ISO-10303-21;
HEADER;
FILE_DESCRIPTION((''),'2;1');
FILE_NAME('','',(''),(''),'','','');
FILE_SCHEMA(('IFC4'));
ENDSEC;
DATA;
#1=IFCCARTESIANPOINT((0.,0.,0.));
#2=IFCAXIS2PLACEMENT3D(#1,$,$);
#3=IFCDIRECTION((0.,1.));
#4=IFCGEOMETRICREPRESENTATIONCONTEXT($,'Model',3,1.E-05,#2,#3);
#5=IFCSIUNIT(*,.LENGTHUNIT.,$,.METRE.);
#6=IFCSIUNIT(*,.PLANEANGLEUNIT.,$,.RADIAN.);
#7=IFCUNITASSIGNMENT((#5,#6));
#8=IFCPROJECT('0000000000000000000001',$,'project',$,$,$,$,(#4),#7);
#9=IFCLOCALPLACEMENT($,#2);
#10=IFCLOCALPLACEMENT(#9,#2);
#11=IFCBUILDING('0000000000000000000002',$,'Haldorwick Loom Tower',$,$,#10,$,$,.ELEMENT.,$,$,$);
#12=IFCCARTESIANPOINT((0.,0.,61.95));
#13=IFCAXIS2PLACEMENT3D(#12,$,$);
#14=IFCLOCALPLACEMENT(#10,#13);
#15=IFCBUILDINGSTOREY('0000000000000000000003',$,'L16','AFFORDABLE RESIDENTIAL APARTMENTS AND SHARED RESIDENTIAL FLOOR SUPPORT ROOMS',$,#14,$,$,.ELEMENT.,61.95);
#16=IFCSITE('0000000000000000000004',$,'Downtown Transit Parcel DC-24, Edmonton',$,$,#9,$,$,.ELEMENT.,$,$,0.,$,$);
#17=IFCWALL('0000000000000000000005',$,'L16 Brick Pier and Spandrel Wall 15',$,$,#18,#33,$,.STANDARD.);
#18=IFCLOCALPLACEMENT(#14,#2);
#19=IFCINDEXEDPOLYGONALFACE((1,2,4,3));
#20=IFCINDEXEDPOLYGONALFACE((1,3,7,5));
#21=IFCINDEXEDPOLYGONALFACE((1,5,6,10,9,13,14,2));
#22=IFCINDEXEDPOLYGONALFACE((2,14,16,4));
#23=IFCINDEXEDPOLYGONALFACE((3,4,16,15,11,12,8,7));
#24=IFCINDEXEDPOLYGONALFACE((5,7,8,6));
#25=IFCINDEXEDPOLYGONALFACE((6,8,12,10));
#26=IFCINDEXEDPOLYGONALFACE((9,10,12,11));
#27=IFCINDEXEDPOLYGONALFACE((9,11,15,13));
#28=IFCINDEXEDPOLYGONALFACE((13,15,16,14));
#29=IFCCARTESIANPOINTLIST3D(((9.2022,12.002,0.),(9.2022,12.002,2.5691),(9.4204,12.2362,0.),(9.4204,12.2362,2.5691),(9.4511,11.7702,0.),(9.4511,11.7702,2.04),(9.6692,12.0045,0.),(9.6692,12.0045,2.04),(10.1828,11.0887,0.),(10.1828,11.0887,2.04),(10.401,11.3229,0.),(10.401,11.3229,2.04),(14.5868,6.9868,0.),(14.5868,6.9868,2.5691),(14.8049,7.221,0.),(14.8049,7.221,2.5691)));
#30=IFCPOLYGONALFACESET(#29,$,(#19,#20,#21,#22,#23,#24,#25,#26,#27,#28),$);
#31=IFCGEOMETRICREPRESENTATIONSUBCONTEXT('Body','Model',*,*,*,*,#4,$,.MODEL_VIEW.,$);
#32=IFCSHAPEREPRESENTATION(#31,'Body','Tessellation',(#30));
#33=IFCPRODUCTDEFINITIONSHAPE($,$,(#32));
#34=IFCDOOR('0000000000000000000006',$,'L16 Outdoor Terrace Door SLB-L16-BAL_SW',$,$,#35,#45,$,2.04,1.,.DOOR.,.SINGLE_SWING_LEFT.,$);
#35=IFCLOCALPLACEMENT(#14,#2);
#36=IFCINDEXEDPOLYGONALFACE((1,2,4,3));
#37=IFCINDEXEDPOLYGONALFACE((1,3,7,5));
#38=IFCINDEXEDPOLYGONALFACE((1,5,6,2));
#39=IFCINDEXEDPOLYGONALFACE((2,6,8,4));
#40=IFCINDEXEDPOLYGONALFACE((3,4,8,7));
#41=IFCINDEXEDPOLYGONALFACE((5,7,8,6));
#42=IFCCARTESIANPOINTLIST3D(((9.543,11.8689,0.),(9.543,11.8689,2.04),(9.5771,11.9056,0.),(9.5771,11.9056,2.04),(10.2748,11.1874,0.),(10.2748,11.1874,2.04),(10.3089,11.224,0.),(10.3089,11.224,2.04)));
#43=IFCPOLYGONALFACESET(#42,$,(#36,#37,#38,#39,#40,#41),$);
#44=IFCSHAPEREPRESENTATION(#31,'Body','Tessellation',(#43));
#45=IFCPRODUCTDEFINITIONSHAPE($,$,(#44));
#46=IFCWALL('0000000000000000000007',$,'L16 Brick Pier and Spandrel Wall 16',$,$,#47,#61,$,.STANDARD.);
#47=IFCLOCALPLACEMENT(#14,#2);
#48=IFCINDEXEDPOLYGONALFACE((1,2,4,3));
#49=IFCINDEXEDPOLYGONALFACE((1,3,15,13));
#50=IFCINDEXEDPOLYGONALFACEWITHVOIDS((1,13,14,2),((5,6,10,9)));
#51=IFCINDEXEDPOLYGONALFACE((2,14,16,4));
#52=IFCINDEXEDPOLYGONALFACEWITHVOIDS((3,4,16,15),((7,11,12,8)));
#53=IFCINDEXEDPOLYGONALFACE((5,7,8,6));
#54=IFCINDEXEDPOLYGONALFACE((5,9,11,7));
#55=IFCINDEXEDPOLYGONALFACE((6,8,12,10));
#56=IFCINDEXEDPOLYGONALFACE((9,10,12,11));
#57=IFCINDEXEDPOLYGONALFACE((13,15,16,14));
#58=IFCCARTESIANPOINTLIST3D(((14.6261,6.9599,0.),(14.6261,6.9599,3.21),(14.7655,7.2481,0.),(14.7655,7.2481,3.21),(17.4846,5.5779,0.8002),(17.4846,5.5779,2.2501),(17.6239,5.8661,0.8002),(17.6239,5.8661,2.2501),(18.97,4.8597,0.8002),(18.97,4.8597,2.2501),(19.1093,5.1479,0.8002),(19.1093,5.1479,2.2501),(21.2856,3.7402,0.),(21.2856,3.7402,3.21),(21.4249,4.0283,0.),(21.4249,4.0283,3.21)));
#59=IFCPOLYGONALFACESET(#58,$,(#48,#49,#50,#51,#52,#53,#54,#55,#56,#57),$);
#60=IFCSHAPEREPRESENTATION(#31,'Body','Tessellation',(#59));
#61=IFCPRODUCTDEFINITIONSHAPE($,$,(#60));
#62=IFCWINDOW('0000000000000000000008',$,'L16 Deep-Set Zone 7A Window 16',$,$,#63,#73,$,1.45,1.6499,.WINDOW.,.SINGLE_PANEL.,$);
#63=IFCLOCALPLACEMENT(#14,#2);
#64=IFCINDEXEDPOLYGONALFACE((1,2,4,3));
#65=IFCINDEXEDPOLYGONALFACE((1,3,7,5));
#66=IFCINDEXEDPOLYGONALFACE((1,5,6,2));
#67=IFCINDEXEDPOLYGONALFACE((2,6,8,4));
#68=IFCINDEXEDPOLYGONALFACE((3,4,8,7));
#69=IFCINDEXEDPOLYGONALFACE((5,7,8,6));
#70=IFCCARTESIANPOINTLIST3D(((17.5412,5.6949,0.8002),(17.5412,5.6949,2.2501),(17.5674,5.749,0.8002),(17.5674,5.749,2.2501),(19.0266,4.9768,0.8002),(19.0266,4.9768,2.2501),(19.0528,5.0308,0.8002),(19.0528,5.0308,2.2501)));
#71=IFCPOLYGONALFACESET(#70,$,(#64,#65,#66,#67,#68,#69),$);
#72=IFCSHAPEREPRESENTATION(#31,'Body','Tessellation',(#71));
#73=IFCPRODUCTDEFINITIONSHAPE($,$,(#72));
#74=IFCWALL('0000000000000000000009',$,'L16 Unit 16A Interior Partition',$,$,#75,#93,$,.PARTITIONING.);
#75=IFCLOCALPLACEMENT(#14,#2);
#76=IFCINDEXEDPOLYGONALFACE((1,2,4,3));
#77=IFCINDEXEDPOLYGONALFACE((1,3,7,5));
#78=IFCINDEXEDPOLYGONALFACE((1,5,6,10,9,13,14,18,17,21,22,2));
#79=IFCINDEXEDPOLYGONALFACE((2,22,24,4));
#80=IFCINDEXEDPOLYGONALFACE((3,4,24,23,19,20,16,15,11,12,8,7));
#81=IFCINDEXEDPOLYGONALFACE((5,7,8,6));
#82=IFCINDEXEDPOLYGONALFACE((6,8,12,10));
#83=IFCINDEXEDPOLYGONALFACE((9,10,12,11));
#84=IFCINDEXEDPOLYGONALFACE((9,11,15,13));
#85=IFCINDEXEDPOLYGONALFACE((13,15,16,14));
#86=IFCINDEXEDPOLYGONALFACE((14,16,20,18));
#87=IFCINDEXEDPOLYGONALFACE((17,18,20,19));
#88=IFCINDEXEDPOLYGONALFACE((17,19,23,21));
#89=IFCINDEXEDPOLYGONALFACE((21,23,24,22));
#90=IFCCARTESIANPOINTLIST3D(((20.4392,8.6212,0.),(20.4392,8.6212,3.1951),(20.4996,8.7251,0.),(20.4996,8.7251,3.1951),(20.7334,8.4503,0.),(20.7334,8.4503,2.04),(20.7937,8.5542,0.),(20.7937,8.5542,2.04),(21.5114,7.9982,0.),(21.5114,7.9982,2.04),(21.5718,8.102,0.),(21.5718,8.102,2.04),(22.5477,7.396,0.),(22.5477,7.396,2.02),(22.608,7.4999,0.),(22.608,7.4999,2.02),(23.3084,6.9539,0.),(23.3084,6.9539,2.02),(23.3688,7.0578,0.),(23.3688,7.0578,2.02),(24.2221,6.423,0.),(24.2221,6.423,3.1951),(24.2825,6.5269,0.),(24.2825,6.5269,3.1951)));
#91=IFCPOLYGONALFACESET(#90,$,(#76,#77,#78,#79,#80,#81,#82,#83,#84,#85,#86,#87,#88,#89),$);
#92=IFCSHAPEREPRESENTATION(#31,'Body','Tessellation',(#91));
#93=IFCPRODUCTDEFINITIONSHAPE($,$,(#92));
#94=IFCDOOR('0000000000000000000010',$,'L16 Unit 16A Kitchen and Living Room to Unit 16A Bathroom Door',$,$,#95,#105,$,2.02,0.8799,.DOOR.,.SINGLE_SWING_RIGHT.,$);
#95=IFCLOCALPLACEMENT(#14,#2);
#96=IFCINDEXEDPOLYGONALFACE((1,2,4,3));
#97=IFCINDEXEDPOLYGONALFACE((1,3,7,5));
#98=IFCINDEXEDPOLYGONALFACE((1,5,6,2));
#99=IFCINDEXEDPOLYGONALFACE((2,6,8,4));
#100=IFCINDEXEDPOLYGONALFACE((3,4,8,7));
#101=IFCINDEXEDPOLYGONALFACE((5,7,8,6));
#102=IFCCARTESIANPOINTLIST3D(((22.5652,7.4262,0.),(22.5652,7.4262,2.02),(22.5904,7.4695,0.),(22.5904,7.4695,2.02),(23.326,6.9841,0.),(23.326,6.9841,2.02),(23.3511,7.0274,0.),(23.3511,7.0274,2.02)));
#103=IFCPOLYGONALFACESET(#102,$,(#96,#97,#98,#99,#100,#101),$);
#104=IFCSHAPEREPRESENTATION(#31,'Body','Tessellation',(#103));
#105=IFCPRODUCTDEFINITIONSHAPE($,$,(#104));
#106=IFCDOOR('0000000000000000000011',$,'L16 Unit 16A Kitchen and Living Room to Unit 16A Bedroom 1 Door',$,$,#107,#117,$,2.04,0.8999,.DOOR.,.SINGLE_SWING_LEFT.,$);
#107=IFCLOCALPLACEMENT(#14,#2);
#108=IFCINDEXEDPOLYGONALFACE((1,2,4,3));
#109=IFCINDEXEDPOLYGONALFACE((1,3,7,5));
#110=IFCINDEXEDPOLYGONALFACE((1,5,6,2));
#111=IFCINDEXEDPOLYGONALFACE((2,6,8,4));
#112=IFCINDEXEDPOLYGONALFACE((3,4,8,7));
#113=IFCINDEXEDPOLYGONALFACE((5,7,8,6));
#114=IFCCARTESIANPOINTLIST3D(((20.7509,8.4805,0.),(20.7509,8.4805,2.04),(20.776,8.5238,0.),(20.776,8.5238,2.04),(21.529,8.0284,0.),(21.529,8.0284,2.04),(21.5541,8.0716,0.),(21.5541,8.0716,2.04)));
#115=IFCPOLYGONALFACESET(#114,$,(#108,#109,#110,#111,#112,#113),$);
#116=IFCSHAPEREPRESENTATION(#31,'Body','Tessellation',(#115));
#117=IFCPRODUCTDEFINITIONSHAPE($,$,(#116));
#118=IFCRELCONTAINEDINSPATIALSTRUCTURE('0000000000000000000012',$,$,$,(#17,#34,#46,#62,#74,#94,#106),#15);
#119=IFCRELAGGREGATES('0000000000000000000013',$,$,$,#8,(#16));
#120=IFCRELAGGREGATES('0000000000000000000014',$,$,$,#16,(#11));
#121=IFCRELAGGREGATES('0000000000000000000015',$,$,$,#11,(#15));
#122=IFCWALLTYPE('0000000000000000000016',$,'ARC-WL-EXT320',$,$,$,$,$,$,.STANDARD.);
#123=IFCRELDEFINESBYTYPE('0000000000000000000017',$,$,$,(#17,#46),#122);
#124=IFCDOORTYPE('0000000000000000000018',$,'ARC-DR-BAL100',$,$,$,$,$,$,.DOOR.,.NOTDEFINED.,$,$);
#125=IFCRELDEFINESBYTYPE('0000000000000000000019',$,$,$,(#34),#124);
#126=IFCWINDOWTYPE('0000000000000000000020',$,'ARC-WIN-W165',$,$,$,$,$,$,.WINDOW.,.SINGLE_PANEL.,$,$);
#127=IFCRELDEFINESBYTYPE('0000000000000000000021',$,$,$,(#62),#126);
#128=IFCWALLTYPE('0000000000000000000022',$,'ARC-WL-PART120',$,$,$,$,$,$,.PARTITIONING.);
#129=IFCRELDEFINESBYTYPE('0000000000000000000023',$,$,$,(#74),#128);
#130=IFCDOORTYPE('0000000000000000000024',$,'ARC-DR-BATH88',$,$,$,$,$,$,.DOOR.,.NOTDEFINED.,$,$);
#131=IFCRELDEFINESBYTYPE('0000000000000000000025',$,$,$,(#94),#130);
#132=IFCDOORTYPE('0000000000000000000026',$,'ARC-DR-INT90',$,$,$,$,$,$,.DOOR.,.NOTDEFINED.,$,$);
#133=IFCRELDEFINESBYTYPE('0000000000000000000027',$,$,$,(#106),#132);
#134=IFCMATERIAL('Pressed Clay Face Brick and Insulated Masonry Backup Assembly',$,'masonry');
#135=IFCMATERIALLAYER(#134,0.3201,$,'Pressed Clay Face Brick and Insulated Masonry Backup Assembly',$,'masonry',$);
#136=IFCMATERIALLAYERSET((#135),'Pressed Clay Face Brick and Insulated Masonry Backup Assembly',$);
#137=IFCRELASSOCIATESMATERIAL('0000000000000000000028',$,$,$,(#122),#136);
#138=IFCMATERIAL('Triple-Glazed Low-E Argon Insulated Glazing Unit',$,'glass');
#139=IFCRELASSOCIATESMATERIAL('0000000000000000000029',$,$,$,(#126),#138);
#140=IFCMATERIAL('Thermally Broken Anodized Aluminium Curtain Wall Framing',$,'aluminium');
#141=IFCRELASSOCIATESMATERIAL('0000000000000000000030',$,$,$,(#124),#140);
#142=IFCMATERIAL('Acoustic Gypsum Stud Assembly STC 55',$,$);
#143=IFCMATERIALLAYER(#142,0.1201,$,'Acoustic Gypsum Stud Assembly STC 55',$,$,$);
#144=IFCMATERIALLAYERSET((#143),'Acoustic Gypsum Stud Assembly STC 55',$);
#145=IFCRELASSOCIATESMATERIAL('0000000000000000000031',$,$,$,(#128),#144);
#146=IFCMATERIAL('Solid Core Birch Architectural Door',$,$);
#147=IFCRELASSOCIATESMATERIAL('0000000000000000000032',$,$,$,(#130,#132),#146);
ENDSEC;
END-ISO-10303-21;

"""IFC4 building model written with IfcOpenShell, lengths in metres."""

from ifc_helpers import new_model, si_unit, direction, frame, frame_2d, origin, place, context, subcontext, project, spatial, rectangle, extrude, material, layer, layer_set, type_object, element, fill, save


model = new_model("IFC4")

# Units and contexts
model_context = context("Model", 3, precision=1e-05, world=origin(), true_north=direction((0.0, 1.0)))
body_context = subcontext(model_context, "Body", "Model", "MODEL_VIEW")
ifc_project = project(units=[si_unit("LENGTHUNIT", "METRE"), si_unit("PLANEANGLEUNIT", "RADIAN")], contexts=[model_context])

# Site, building, storey
site_placement = place(None, origin())
site = spatial("IfcSite", under=ifc_project, at=site_placement, Name="Downtown Transit Parcel DC-24, Edmonton", CompositionType="ELEMENT", RefElevation=0.0)
building_placement = place(site_placement, origin())
building = spatial("IfcBuilding", under=site, at=building_placement, Name="Haldorwick Loom Tower", CompositionType="ELEMENT")
storey_placement = place(building_placement, frame((0.0, 0.0, 61.95)))
storey = spatial("IfcBuildingStorey", under=building, at=storey_placement, Name="L16", Description="AFFORDABLE RESIDENTIAL APARTMENTS AND SHARED RESIDENTIAL FLOOR SUPPORT ROOMS", CompositionType="ELEMENT", Elevation=61.95)

# Shared definitions
ifc_material_1 = material(Name="Pressed Clay Face Brick and Insulated Masonry Backup Assembly", Category="masonry")
ifc_layer_1 = layer(ifc_material_1, 0.3201, Name="Pressed Clay Face Brick and Insulated Masonry Backup Assembly", Category="masonry")
ifc_layer_set_1 = layer_set([ifc_layer_1], Name="Pressed Clay Face Brick and Insulated Masonry Backup Assembly")
wall_type_1 = type_object("IfcWallType", Name="ARC-WL-EXT320", PredefinedType="STANDARD", material=ifc_layer_set_1)
ifc_material_2 = material(Name="Triple-Glazed Low-E Argon Insulated Glazing Unit", Category="glass")
window_type = type_object("IfcWindowType", Name="ARC-WIN-W165", PartitioningType="SINGLE_PANEL", PredefinedType="WINDOW", material=ifc_material_2)

# Wall, opening, door
wall_1_placement = place(storey_placement, frame((9.3113, 12.1191, 0.0), z_axis=(0.0, 0.0, 1.0), x_axis=(0.731761, -0.681561, 0.0)))
wall_1 = element("IfcWall", 1, at=wall_1_placement, inside=storey, type_object=wall_type_1, Name="L16 Brick Pier and Spandrel Wall 15", PredefinedType="STANDARD", context=body_context, shape_type="SweptSolid", body=[
    extrude(rectangle(XDim=7.3584, YDim=0.3201, at=frame_2d((3.6792, 0.0))), origin(), (0.0, 0.0, 1.0), 2.5691),
])
opening_1_placement = place(wall_1_placement, frame((0.3401, 0.0, 0.0)))
opening_1 = element("IfcOpeningElement", 2, at=opening_1_placement, cuts=wall_1, PredefinedType="OPENING", context=body_context, shape_type="SweptSolid", body=[
    extrude(rectangle(XDim=1.0, YDim=2.04, at=frame_2d((0.5, 1.02))), frame((0.0, 0.1699, 0.0), z_axis=(0.0, -1.0, 0.0), x_axis=(1.0, 0.0, 0.0)), (0.0, 0.0, 1.0), 0.3401),
])
ifc_material_3 = material(Name="Thermally Broken Anodized Aluminium Curtain Wall Framing", Category="aluminium")
door_type_1 = type_object("IfcDoorType", Name="ARC-DR-BAL100", OperationType="NOTDEFINED", PredefinedType="DOOR", material=ifc_material_3)
door_1_placement = place(opening_1_placement, origin())
door_1 = element("IfcDoor", 3, at=door_1_placement, inside=storey, type_object=door_type_1, Name="L16 Outdoor Terrace Door SLB-L16-BAL_SW", OperationType="SINGLE_SWING_LEFT", OverallHeight=2.04, OverallWidth=1.0, PredefinedType="DOOR", context=body_context, shape_type="SweptSolid", body=[
    extrude(rectangle(XDim=1.0, YDim=2.04, at=frame_2d((0.5, 1.02))), frame((0.0, 0.0249, 0.0), z_axis=(0.0, -1.0, 0.0), x_axis=(1.0, 0.0, 0.0)), (0.0, 0.0, 1.0), 0.05),
])
fill(opening_1, door_1)

# Wall, opening, window
wall_2_placement = place(storey_placement, frame((14.6958, 7.104, 0.0), z_axis=(0.0, 0.0, 1.0), x_axis=(0.900296, -0.435279, 0.0)))
wall_2 = element("IfcWall", 4, at=wall_2_placement, inside=storey, type_object=wall_type_1, Name="L16 Brick Pier and Spandrel Wall 16", PredefinedType="STANDARD", context=body_context, shape_type="SweptSolid", body=[
    extrude(rectangle(XDim=7.397, YDim=0.3201, at=frame_2d((3.6985, 0.0))), origin(), (0.0, 0.0, 1.0), 3.21),
])
opening_2_placement = place(wall_2_placement, frame((3.175, 0.0, 0.8)))
opening_2 = element("IfcOpeningElement", 5, at=opening_2_placement, cuts=wall_2, PredefinedType="OPENING", context=body_context, shape_type="SweptSolid", body=[
    extrude(rectangle(XDim=1.6499, YDim=1.45, at=frame_2d((0.825, 0.7251))), frame((0.0, 0.1699, 0.0), z_axis=(0.0, -1.0, 0.0), x_axis=(1.0, 0.0, 0.0)), (0.0, 0.0, 1.0), 0.3401),
])
window_1_placement = place(opening_2_placement, origin())
window_1 = element("IfcWindow", 6, at=window_1_placement, inside=storey, type_object=window_type, Name="L16 Deep-Set Zone 7A Window 16", OverallHeight=1.45, OverallWidth=1.6499, PartitioningType="SINGLE_PANEL", PredefinedType="WINDOW", context=body_context, shape_type="SweptSolid", body=[
    extrude(rectangle(XDim=1.6499, YDim=1.45, at=frame_2d((0.825, 0.7251))), frame((0.0, 0.03, 0.0), z_axis=(0.0, -1.0, 0.0), x_axis=(1.0, 0.0, 0.0)), (0.0, 0.0, 1.0), 0.0601),
])
fill(opening_2, window_1)

# Wall, openings, doors
ifc_material_4 = material(Name="Acoustic Gypsum Stud Assembly STC 55")
ifc_layer_2 = layer(ifc_material_4, 0.1201, Name="Acoustic Gypsum Stud Assembly STC 55")
ifc_layer_set_2 = layer_set([ifc_layer_2], Name="Acoustic Gypsum Stud Assembly STC 55")
wall_type_2 = type_object("IfcWallType", Name="ARC-WL-PART120", PredefinedType="PARTITIONING", material=ifc_layer_set_2)
wall_3_placement = place(storey_placement, frame((20.4695, 8.6731, 0.0), z_axis=(0.0, 0.0, 1.0), x_axis=(0.864622, -0.502424, 0.0)))
wall_3 = element("IfcWall", 7, at=wall_3_placement, inside=storey, type_object=wall_type_2, Name="L16 Unit 16A Interior Partition", PredefinedType="PARTITIONING", context=body_context, shape_type="SweptSolid", body=[
    extrude(rectangle(XDim=4.3752, YDim=0.1201, at=frame_2d((2.1875, 0.0))), origin(), (0.0, 0.0, 1.0), 3.1951),
])
opening_3_placement = place(wall_3_placement, frame((2.4385, 0.0, 0.0)))
opening_3 = element("IfcOpeningElement", 8, at=opening_3_placement, cuts=wall_3, PredefinedType="OPENING", context=body_context, shape_type="SweptSolid", body=[
    extrude(rectangle(XDim=0.8799, YDim=2.02, at=frame_2d((0.4399, 1.01))), frame((0.0, 0.0701, 0.0), z_axis=(0.0, -1.0, 0.0), x_axis=(1.0, 0.0, 0.0)), (0.0, 0.0, 1.0), 0.1401),
])
opening_4_placement = place(wall_3_placement, frame((0.3401, 0.0, 0.0)))
opening_4 = element("IfcOpeningElement", 9, at=opening_4_placement, cuts=wall_3, PredefinedType="OPENING", context=body_context, shape_type="SweptSolid", body=[
    extrude(rectangle(XDim=0.8999, YDim=2.04, at=frame_2d((0.45, 1.02))), frame((0.0, 0.0701, 0.0), z_axis=(0.0, -1.0, 0.0), x_axis=(1.0, 0.0, 0.0)), (0.0, 0.0, 1.0), 0.1401),
])
ifc_material_5 = material(Name="Solid Core Birch Architectural Door")
door_type_2 = type_object("IfcDoorType", Name="ARC-DR-BATH88", OperationType="NOTDEFINED", PredefinedType="DOOR", material=ifc_material_5)
door_2_placement = place(opening_3_placement, origin())
door_2 = element("IfcDoor", 10, at=door_2_placement, inside=storey, type_object=door_type_2, Name="L16 Unit 16A Kitchen and Living Room to Unit 16A Bathroom Door", OperationType="SINGLE_SWING_RIGHT", OverallHeight=2.02, OverallWidth=0.8799, PredefinedType="DOOR", context=body_context, shape_type="SweptSolid", body=[
    extrude(rectangle(XDim=0.8799, YDim=2.02, at=frame_2d((0.4399, 1.01))), frame((0.0, 0.0249, 0.0), z_axis=(0.0, -1.0, 0.0), x_axis=(1.0, 0.0, 0.0)), (0.0, 0.0, 1.0), 0.05),
])
fill(opening_3, door_2)
door_type_3 = type_object("IfcDoorType", Name="ARC-DR-INT90", OperationType="NOTDEFINED", PredefinedType="DOOR", material=ifc_material_5)
door_3_placement = place(opening_4_placement, origin())
door_3 = element("IfcDoor", 11, at=door_3_placement, inside=storey, type_object=door_type_3, Name="L16 Unit 16A Kitchen and Living Room to Unit 16A Bedroom 1 Door", OperationType="SINGLE_SWING_LEFT", OverallHeight=2.04, OverallWidth=0.8999, PredefinedType="DOOR", context=body_context, shape_type="SweptSolid", body=[
    extrude(rectangle(XDim=0.8999, YDim=2.04, at=frame_2d((0.45, 1.02))), frame((0.0, 0.0249, 0.0), z_axis=(0.0, -1.0, 0.0), x_axis=(1.0, 0.0, 0.0)), (0.0, 0.0, 1.0), 0.05),
])
fill(opening_4, door_3)

save(model, "model.ifc")
